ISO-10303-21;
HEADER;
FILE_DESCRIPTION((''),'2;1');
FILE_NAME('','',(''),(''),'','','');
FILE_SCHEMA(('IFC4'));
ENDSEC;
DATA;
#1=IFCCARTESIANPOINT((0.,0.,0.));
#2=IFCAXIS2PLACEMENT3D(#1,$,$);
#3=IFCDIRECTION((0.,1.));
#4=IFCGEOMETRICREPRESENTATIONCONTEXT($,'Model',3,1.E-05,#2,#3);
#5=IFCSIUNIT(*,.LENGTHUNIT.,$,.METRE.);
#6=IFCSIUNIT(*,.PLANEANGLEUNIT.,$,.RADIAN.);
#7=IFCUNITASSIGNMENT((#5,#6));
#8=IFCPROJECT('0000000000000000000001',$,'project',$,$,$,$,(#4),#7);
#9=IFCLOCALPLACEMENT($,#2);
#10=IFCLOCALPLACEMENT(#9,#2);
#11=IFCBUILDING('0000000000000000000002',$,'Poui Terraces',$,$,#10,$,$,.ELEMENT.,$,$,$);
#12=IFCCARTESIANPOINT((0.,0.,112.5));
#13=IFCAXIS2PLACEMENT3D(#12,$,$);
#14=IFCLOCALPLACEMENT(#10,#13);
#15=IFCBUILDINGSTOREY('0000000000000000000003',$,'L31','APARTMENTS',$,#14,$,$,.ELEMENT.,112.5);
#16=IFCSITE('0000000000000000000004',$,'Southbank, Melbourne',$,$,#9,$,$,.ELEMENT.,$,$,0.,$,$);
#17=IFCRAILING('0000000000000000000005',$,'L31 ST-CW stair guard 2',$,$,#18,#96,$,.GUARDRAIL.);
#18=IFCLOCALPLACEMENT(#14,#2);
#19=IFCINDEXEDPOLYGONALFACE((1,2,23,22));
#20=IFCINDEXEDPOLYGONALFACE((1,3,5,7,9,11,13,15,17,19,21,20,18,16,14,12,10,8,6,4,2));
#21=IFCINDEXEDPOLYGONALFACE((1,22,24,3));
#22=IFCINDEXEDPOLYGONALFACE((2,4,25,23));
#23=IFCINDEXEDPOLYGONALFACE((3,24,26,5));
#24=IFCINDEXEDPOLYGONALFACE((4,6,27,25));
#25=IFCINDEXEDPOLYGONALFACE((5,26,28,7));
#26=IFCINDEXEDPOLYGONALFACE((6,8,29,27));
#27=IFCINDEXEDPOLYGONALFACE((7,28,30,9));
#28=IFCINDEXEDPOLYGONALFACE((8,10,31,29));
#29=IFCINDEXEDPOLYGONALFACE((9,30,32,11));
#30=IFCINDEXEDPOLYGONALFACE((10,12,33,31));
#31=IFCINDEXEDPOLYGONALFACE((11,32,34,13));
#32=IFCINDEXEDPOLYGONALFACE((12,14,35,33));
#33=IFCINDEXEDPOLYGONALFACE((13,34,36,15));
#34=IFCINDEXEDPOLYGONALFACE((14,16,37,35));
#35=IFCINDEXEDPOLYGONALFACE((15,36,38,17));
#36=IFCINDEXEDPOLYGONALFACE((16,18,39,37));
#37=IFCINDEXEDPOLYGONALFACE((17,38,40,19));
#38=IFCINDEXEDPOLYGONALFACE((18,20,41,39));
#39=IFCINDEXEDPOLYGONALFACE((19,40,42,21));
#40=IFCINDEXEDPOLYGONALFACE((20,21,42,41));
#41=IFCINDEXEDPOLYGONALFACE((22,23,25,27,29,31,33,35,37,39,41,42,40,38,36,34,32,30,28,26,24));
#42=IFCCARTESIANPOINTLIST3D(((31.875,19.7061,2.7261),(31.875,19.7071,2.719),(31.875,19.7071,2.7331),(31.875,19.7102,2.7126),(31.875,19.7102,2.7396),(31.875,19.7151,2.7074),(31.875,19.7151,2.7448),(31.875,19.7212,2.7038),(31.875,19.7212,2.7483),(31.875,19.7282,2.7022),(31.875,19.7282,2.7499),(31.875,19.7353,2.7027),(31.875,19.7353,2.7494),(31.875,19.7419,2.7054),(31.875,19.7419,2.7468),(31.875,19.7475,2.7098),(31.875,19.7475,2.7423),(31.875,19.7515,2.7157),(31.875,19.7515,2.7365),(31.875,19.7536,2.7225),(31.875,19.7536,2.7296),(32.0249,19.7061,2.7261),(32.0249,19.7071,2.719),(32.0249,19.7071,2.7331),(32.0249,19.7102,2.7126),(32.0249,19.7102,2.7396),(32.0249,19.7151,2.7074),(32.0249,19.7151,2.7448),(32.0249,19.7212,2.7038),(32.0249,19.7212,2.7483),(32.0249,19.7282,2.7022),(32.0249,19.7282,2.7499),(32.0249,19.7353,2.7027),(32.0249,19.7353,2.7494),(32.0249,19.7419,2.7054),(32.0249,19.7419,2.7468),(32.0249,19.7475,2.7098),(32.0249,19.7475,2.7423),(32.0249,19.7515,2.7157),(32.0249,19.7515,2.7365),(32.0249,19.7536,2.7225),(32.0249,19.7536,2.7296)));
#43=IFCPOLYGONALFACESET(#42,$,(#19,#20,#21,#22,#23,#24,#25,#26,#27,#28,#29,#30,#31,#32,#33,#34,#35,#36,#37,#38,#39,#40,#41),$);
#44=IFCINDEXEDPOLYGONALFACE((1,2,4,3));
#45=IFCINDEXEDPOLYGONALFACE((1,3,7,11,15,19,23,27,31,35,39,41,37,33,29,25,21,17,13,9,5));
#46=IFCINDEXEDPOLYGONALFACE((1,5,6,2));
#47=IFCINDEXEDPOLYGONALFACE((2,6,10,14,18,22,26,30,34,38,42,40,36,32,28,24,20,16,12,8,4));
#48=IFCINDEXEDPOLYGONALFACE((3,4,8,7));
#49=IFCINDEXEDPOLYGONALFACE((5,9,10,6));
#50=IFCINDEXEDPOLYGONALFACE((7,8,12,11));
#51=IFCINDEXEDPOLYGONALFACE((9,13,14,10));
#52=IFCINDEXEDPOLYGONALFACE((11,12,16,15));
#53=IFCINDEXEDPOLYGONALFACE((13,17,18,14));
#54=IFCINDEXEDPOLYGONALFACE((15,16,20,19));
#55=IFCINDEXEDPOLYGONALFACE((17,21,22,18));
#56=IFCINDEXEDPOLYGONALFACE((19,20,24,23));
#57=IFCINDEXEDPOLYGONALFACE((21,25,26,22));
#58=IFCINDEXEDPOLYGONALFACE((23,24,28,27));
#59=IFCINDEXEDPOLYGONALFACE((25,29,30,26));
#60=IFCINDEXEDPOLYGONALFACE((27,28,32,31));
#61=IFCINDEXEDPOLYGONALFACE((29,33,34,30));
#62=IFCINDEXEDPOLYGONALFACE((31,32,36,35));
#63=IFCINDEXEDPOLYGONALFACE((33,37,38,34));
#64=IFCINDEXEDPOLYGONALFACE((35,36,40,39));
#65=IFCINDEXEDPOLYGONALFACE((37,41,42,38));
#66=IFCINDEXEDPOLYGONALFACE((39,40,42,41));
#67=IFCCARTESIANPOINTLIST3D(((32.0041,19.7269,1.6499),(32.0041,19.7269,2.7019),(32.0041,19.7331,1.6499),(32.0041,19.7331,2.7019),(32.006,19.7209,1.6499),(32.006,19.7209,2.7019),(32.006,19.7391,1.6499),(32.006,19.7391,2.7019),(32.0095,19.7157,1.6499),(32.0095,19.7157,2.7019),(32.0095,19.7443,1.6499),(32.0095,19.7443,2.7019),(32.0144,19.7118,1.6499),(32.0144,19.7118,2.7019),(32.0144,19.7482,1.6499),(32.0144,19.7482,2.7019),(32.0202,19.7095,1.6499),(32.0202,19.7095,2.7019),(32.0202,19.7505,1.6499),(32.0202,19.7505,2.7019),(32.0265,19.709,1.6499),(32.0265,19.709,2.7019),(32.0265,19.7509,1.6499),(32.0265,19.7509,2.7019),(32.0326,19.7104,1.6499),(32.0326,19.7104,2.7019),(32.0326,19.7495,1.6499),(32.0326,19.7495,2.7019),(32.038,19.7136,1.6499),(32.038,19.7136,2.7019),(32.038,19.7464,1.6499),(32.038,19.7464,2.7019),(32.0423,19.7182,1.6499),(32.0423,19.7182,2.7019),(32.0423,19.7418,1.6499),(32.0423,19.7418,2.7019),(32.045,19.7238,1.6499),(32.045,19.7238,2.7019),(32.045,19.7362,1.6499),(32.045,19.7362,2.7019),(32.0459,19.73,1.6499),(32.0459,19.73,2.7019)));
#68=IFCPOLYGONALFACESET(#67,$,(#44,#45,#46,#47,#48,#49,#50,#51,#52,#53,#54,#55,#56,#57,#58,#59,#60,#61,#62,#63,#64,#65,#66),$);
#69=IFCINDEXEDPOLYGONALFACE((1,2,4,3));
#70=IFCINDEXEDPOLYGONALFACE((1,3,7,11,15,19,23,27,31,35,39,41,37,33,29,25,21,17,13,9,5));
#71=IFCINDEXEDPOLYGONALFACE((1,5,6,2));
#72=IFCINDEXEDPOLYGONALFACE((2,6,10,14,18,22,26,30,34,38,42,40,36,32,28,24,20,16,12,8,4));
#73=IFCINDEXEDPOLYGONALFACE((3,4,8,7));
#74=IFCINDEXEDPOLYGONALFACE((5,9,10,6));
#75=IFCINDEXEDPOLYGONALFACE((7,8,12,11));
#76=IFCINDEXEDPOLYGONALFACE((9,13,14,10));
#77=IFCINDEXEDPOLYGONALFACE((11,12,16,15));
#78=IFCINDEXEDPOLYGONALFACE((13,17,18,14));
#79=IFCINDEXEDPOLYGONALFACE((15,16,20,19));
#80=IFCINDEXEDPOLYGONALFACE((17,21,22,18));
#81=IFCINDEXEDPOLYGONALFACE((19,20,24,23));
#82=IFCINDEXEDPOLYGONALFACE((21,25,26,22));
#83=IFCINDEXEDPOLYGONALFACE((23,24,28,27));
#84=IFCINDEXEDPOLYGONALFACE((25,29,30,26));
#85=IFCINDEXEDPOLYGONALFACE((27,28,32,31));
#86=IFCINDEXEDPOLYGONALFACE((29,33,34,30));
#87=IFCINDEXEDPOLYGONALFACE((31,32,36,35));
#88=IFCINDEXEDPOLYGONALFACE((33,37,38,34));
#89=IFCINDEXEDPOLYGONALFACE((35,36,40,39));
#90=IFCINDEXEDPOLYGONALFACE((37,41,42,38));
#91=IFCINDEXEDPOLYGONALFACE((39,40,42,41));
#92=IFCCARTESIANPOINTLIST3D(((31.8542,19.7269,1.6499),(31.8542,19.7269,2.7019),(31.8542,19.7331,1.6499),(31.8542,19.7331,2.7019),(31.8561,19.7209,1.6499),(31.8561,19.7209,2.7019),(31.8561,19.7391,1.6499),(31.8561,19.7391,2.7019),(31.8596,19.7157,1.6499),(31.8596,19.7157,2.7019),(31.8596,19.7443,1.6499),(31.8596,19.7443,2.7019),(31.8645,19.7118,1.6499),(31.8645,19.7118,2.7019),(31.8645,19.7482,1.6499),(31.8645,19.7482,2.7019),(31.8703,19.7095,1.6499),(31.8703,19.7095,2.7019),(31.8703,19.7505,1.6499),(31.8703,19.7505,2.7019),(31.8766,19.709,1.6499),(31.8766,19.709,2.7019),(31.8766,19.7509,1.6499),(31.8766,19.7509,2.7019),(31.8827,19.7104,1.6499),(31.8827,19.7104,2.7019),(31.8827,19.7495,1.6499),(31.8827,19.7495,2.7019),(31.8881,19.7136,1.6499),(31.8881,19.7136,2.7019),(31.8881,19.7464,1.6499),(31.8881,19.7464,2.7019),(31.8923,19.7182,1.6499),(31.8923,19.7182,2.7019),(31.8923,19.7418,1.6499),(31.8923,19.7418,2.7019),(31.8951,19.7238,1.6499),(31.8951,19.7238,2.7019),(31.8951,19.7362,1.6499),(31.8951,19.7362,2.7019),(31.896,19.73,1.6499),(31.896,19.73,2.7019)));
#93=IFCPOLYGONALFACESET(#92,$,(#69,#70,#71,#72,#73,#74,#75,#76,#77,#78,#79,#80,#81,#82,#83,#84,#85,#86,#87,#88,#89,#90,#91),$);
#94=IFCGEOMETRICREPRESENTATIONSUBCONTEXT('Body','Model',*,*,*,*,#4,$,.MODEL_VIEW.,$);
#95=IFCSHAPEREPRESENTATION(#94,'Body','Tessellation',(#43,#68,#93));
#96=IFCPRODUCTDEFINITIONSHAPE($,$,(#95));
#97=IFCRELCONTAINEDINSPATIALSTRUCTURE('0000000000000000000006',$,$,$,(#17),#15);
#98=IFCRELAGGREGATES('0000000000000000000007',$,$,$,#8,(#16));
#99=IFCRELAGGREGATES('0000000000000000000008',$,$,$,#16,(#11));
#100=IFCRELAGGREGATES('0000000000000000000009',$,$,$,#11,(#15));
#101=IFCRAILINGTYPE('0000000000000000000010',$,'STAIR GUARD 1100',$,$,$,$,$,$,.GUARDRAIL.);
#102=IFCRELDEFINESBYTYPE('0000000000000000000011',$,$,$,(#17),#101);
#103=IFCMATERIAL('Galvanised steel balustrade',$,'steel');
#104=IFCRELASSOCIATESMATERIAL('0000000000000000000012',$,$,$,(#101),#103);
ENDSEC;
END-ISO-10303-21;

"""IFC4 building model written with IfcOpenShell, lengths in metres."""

from ifc_helpers import new_model, si_unit, direction, frame, origin, origin_2d, place, context, subcontext, project, spatial, circle, extrude, material, type_object, element, save


model = new_model("IFC4")

# Units and contexts
model_context = context("Model", 3, precision=1e-05, world=origin(), true_north=direction((0.0, 1.0)))
body_context = subcontext(model_context, "Body", "Model", "MODEL_VIEW")
ifc_project = project(units=[si_unit("LENGTHUNIT", "METRE"), si_unit("PLANEANGLEUNIT", "RADIAN")], contexts=[model_context])

# Site, building, storey
site_placement = place(None, origin())
site = spatial("IfcSite", under=ifc_project, at=site_placement, Name="Southbank, Melbourne", CompositionType="ELEMENT", RefElevation=0.0)
building_placement = place(site_placement, origin())
building = spatial("IfcBuilding", under=site, at=building_placement, Name="Poui Terraces", CompositionType="ELEMENT")
storey_placement = place(building_placement, frame((0.0, 0.0, 112.5)))
storey = spatial("IfcBuildingStorey", under=building, at=storey_placement, Name="L31", Description="APARTMENTS", CompositionType="ELEMENT", Elevation=112.5)

# Railing
ifc_material_1 = material(Name="Galvanised steel balustrade", Category="steel")
railing_type_1 = type_object("IfcRailingType", Name="STAIR GUARD 1100", PredefinedType="GUARDRAIL", material=ifc_material_1)
railing_1_placement = place(storey_placement, frame((32.0249, 19.73, 1.6499)))
element("IfcRailing", 1, at=railing_1_placement, inside=storey, type_object=railing_type_1, Name="L31 ST-CW stair guard 2", PredefinedType="GUARDRAIL", context=body_context, shape_type="SweptSolid", body=[
    extrude(circle(Radius=0.0239, at=origin_2d()), frame((0.0, 0.0, 1.0762), z_axis=(-1.0, 0.0, 0.0), x_axis=(0.0, -1.0, 0.0)), (0.0, 0.0, 1.0), 0.1499),
    extrude(circle(Radius=0.021, at=origin_2d()), origin(), (0.0, 0.0, 1.0), 1.052),
    extrude(circle(Radius=0.021, at=origin_2d()), frame((-0.1499, 0.0, 0.0)), (0.0, 0.0, 1.0), 1.052),
])

save(model, "model.ifc")
